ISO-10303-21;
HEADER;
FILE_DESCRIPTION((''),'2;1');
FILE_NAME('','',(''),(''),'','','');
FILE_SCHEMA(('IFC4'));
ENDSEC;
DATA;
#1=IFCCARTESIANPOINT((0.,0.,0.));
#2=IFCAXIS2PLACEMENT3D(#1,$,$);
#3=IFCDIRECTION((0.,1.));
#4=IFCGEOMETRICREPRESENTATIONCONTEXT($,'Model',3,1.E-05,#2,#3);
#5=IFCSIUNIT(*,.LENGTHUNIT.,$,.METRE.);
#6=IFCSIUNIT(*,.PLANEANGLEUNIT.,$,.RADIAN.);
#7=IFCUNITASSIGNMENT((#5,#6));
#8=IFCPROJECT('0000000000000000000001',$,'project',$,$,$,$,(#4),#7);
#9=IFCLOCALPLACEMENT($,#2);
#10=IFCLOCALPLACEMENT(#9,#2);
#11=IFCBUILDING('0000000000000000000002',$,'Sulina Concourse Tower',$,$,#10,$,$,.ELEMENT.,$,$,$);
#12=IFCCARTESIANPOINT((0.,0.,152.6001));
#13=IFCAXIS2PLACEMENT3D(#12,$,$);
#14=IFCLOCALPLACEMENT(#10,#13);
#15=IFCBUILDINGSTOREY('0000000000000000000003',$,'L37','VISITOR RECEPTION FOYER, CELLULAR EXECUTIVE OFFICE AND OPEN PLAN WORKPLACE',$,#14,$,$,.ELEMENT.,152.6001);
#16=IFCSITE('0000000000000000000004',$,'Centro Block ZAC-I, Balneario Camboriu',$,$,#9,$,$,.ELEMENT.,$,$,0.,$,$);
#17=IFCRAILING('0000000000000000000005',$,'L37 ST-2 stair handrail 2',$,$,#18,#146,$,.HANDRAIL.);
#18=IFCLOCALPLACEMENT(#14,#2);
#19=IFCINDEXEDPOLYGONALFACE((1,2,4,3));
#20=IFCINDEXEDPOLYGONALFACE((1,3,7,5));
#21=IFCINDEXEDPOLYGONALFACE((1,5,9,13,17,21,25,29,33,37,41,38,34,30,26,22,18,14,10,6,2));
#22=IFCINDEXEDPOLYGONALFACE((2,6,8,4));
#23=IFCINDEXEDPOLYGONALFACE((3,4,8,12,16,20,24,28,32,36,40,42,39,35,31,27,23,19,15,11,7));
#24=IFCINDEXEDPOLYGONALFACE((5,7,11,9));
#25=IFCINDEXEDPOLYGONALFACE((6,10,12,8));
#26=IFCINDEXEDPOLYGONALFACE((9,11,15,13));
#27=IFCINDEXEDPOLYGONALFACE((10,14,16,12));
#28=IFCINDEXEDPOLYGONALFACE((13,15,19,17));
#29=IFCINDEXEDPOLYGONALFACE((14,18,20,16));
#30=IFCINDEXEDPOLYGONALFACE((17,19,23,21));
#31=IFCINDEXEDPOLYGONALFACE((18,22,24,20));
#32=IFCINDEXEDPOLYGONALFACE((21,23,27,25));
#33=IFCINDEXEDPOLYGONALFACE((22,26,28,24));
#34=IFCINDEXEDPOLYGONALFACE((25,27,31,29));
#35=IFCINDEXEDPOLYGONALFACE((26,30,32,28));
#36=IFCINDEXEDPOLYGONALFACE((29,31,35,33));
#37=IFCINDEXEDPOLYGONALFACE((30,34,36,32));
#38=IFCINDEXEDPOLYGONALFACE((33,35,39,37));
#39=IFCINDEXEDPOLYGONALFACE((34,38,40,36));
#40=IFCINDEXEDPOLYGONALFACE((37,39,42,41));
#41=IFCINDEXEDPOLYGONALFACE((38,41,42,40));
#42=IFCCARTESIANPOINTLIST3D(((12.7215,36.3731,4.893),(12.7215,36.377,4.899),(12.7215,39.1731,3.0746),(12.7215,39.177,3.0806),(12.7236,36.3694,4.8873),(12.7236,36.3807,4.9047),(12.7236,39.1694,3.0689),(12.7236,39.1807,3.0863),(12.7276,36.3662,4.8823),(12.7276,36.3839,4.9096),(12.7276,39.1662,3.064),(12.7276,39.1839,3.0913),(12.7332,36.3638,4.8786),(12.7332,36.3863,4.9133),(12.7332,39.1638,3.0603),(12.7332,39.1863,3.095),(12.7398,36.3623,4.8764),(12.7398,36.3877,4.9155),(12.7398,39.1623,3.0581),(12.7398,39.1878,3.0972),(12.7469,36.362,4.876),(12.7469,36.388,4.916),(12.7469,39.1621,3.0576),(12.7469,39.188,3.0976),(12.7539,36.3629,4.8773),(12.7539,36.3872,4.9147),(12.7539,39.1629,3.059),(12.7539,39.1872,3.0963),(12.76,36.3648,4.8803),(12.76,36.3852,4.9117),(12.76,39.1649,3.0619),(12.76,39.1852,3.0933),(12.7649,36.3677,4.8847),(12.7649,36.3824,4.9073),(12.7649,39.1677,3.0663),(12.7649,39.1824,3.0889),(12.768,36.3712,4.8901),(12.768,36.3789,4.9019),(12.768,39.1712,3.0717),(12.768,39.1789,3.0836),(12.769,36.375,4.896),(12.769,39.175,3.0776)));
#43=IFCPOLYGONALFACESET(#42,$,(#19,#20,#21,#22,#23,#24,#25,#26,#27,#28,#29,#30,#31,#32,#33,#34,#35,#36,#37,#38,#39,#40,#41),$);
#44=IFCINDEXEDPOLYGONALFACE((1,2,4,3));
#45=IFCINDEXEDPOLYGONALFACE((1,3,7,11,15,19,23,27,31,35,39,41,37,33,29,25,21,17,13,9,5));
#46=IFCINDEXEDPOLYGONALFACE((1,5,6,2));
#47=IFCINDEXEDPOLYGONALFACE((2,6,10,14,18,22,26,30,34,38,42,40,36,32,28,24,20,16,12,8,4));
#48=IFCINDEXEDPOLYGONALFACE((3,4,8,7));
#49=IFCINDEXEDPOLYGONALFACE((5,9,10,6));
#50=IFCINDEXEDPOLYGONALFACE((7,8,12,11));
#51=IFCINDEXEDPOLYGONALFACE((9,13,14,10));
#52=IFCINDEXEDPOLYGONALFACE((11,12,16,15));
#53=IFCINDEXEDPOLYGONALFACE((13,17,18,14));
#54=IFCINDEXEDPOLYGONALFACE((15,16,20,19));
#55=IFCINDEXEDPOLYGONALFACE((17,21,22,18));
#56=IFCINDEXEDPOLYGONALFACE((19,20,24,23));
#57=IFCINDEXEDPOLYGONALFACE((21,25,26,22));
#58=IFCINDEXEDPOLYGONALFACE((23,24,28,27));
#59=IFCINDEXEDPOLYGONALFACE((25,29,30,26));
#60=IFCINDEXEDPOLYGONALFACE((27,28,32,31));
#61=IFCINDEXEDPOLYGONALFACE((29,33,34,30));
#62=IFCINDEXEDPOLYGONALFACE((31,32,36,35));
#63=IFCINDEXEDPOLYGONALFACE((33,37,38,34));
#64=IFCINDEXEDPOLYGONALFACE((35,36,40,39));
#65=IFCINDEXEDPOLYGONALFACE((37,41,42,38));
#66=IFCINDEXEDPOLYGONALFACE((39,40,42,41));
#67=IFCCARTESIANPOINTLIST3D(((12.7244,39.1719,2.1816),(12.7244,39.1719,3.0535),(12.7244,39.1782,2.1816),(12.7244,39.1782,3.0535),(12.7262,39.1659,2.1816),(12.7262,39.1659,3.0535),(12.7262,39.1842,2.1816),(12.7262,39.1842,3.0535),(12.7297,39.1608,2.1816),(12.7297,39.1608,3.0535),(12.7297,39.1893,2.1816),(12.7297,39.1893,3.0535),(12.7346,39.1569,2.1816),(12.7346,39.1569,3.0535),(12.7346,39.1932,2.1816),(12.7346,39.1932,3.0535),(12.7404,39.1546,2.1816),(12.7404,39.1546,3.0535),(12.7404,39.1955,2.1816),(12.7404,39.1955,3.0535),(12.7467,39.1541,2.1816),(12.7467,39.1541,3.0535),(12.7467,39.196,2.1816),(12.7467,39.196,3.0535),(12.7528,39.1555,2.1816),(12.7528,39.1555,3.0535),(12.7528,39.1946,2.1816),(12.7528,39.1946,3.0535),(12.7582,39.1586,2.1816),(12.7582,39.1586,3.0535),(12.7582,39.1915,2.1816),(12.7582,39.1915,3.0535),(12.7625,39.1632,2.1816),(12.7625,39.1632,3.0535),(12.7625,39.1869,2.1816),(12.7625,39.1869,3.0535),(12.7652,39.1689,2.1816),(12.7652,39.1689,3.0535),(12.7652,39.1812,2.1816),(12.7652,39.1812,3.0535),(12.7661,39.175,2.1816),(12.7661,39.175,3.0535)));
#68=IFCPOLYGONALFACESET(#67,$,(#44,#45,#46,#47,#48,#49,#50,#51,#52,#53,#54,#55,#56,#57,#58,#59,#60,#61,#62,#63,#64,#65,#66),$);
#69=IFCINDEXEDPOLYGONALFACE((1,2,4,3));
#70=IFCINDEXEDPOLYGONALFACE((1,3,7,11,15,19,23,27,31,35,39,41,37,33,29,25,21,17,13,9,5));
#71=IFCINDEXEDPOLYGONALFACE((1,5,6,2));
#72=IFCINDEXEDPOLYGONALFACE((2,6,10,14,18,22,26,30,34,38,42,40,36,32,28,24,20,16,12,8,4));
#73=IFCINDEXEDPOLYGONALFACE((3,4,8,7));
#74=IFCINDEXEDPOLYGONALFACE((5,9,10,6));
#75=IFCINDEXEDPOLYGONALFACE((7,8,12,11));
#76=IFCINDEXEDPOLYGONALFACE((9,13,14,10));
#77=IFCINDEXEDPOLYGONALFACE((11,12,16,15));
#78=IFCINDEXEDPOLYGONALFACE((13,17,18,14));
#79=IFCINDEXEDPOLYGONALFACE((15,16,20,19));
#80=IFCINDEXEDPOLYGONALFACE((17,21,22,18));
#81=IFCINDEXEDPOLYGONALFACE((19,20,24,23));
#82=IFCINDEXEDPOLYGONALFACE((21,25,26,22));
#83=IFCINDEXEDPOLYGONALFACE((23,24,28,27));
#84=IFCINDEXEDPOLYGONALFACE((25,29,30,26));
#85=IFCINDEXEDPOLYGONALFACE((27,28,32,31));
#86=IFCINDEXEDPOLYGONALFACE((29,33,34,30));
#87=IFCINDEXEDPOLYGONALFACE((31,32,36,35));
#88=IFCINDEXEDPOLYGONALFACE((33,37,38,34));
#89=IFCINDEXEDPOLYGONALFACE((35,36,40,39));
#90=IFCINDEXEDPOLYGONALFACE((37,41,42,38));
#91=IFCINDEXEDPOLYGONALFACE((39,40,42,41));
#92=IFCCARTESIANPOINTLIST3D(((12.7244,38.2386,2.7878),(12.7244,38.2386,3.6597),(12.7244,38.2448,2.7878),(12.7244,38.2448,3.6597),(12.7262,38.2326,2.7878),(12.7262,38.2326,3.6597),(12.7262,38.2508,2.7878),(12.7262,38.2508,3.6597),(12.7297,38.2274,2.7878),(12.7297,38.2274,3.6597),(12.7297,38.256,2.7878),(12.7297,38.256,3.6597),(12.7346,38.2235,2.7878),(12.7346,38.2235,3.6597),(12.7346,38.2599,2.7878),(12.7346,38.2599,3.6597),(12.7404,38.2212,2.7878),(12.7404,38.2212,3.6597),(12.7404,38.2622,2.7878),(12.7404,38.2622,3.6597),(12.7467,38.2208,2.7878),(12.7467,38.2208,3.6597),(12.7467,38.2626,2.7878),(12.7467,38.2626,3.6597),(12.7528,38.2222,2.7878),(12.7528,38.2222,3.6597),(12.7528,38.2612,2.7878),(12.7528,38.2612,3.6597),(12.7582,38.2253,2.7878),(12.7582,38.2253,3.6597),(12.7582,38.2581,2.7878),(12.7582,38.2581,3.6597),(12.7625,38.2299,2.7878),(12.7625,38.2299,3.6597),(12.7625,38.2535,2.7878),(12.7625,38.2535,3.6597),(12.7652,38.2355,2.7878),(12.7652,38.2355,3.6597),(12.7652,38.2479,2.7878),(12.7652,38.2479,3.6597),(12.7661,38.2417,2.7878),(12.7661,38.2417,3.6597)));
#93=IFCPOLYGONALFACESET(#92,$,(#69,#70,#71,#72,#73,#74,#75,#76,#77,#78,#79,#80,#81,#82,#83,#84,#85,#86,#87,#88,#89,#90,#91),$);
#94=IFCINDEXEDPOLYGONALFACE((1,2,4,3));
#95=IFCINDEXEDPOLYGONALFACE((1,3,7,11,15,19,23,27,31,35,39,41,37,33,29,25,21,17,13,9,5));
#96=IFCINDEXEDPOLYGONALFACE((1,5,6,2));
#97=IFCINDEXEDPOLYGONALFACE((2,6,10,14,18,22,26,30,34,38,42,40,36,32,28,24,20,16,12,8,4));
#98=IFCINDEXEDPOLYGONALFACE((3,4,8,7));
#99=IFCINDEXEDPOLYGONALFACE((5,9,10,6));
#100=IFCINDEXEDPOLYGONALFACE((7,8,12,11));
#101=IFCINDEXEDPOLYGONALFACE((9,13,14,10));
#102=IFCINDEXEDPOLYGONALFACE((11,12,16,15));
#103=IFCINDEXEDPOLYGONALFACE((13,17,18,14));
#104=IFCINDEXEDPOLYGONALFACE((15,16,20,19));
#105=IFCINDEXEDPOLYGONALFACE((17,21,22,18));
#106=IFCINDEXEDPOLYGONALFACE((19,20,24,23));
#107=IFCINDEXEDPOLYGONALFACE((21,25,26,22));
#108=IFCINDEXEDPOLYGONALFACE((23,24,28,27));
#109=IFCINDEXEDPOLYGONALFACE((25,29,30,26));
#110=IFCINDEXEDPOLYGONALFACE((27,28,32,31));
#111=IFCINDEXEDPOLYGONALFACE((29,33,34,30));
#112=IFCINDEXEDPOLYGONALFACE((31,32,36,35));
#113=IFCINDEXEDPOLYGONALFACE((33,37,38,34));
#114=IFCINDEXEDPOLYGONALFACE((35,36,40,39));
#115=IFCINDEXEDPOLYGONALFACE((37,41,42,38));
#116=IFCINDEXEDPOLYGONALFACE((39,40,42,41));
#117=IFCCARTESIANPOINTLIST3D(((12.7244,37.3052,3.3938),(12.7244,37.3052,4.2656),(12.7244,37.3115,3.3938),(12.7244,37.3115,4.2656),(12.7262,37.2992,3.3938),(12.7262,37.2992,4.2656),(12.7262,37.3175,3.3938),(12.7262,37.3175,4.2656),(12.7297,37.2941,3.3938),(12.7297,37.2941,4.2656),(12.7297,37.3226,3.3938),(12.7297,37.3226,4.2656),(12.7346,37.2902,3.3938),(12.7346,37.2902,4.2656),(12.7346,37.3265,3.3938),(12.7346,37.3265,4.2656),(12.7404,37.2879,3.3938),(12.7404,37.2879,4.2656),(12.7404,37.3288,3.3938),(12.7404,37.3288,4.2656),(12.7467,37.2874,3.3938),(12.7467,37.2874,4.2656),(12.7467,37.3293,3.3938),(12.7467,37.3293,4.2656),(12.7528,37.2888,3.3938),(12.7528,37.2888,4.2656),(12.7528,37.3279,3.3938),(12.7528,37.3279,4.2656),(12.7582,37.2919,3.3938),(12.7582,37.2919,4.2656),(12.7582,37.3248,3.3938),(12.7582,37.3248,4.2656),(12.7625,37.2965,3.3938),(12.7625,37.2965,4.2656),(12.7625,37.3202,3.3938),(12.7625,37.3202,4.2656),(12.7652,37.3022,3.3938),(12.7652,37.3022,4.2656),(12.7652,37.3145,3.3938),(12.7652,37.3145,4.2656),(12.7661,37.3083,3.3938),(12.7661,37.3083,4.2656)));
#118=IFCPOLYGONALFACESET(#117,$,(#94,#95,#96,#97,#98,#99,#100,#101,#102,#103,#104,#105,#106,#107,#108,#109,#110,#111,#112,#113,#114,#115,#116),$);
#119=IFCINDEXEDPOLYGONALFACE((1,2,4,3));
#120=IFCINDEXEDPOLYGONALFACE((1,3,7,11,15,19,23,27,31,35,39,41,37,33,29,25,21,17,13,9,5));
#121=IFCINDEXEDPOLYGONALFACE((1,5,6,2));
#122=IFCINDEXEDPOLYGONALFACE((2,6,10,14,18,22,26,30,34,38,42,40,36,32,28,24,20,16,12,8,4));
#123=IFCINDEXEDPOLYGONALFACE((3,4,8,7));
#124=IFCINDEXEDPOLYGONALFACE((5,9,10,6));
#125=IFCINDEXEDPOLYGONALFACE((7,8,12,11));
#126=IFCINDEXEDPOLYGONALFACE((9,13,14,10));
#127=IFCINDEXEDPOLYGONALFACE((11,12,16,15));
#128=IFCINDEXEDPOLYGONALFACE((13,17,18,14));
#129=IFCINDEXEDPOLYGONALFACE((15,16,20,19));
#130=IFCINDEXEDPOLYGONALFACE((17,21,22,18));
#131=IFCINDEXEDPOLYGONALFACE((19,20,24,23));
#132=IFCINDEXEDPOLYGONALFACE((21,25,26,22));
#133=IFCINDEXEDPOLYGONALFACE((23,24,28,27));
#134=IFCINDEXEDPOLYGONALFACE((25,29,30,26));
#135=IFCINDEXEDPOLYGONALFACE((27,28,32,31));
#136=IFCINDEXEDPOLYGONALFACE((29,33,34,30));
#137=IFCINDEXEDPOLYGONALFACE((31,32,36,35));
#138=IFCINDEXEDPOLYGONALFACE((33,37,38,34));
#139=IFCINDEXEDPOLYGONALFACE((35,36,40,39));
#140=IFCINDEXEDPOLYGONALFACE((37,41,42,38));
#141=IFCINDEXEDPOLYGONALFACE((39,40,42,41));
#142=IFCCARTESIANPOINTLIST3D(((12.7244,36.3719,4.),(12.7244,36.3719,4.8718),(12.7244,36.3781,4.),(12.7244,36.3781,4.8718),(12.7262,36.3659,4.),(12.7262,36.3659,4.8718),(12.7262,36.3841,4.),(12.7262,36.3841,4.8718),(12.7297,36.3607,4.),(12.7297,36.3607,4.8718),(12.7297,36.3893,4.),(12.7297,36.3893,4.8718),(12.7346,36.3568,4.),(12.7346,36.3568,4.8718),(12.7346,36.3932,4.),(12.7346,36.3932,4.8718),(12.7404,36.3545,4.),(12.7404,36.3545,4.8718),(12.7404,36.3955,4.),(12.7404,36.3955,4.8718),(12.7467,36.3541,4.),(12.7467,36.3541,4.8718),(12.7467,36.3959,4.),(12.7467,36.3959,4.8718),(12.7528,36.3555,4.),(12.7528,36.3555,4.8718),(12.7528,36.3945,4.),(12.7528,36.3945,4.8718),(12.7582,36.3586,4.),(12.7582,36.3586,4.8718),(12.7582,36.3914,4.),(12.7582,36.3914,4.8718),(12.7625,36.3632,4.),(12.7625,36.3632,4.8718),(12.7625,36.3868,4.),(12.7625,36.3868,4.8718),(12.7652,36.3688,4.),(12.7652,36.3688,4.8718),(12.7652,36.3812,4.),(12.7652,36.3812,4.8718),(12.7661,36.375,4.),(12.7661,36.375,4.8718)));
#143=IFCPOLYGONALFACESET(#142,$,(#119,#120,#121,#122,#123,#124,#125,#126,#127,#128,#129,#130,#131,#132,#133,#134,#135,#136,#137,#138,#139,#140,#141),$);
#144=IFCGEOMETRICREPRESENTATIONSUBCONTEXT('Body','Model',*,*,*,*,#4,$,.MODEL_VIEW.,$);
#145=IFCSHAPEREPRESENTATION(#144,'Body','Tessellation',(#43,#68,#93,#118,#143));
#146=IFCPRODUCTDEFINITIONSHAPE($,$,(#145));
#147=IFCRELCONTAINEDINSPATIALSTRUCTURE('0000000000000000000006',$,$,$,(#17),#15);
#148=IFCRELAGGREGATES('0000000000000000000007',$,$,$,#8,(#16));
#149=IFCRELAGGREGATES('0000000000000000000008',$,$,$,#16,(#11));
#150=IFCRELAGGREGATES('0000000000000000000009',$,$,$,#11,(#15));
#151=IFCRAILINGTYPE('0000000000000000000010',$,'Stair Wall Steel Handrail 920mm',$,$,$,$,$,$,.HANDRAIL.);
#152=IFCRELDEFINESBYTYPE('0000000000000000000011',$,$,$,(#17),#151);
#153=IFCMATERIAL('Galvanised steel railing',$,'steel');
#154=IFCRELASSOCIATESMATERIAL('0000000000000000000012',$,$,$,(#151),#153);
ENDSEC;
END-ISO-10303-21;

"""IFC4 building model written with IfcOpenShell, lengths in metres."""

from ifc_helpers import new_model, si_unit, direction, frame, origin, origin_2d, place, context, subcontext, project, spatial, circle, extrude, material, type_object, element, save


model = new_model("IFC4")

# Units and contexts
model_context = context("Model", 3, precision=1e-05, world=origin(), true_north=direction((0.0, 1.0)))
body_context = subcontext(model_context, "Body", "Model", "MODEL_VIEW")
ifc_project = project(units=[si_unit("LENGTHUNIT", "METRE"), si_unit("PLANEANGLEUNIT", "RADIAN")], contexts=[model_context])

# Site, building, storey
site_placement = place(None, origin())
site = spatial("IfcSite", under=ifc_project, at=site_placement, Name="Centro Block ZAC-I, Balneario Camboriu", CompositionType="ELEMENT", RefElevation=0.0)
building_placement = place(site_placement, origin())
building = spatial("IfcBuilding", under=site, at=building_placement, Name="Sulina Concourse Tower", CompositionType="ELEMENT")
storey_placement = place(building_placement, frame((0.0, 0.0, 152.6001)))
storey = spatial("IfcBuildingStorey", under=building, at=storey_placement, Name="L37", Description="VISITOR RECEPTION FOYER, CELLULAR EXECUTIVE OFFICE AND OPEN PLAN WORKPLACE", CompositionType="ELEMENT", Elevation=152.6001)

# Railing
ifc_material_1 = material(Name="Galvanised steel railing", Category="steel")
railing_type_1 = type_object("IfcRailingType", Name="Stair Wall Steel Handrail 920mm", PredefinedType="HANDRAIL", material=ifc_material_1)
railing_1_placement = place(storey_placement, frame((12.7451, 39.175, 2.1816)))
element("IfcRailing", 1, at=railing_1_placement, inside=storey, type_object=railing_type_1, Name="L37 ST-2 stair handrail 2", PredefinedType="HANDRAIL", context=body_context, shape_type="SweptSolid", body=[
    extrude(circle(Radius=0.0239, at=origin_2d()), frame((0.0, 0.0, 0.896), z_axis=(0.0, -0.838672, 0.544636), x_axis=(1.0, 0.0, 0.0)), (0.0, 0.0, 1.0), 3.3386),
    extrude(circle(Radius=0.021, at=origin_2d()), origin(), (0.0, 0.0, 1.0), 0.8718),
    extrude(circle(Radius=0.021, at=origin_2d()), frame((0.0, -0.9333, 0.6062)), (0.0, 0.0, 1.0), 0.8718),
    extrude(circle(Radius=0.021, at=origin_2d()), frame((0.0, -1.8667, 1.2122)), (0.0, 0.0, 1.0), 0.8718),
    extrude(circle(Radius=0.021, at=origin_2d()), frame((0.0, -2.8, 1.8184)), (0.0, 0.0, 1.0), 0.8718),
])

save(model, "model.ifc")
